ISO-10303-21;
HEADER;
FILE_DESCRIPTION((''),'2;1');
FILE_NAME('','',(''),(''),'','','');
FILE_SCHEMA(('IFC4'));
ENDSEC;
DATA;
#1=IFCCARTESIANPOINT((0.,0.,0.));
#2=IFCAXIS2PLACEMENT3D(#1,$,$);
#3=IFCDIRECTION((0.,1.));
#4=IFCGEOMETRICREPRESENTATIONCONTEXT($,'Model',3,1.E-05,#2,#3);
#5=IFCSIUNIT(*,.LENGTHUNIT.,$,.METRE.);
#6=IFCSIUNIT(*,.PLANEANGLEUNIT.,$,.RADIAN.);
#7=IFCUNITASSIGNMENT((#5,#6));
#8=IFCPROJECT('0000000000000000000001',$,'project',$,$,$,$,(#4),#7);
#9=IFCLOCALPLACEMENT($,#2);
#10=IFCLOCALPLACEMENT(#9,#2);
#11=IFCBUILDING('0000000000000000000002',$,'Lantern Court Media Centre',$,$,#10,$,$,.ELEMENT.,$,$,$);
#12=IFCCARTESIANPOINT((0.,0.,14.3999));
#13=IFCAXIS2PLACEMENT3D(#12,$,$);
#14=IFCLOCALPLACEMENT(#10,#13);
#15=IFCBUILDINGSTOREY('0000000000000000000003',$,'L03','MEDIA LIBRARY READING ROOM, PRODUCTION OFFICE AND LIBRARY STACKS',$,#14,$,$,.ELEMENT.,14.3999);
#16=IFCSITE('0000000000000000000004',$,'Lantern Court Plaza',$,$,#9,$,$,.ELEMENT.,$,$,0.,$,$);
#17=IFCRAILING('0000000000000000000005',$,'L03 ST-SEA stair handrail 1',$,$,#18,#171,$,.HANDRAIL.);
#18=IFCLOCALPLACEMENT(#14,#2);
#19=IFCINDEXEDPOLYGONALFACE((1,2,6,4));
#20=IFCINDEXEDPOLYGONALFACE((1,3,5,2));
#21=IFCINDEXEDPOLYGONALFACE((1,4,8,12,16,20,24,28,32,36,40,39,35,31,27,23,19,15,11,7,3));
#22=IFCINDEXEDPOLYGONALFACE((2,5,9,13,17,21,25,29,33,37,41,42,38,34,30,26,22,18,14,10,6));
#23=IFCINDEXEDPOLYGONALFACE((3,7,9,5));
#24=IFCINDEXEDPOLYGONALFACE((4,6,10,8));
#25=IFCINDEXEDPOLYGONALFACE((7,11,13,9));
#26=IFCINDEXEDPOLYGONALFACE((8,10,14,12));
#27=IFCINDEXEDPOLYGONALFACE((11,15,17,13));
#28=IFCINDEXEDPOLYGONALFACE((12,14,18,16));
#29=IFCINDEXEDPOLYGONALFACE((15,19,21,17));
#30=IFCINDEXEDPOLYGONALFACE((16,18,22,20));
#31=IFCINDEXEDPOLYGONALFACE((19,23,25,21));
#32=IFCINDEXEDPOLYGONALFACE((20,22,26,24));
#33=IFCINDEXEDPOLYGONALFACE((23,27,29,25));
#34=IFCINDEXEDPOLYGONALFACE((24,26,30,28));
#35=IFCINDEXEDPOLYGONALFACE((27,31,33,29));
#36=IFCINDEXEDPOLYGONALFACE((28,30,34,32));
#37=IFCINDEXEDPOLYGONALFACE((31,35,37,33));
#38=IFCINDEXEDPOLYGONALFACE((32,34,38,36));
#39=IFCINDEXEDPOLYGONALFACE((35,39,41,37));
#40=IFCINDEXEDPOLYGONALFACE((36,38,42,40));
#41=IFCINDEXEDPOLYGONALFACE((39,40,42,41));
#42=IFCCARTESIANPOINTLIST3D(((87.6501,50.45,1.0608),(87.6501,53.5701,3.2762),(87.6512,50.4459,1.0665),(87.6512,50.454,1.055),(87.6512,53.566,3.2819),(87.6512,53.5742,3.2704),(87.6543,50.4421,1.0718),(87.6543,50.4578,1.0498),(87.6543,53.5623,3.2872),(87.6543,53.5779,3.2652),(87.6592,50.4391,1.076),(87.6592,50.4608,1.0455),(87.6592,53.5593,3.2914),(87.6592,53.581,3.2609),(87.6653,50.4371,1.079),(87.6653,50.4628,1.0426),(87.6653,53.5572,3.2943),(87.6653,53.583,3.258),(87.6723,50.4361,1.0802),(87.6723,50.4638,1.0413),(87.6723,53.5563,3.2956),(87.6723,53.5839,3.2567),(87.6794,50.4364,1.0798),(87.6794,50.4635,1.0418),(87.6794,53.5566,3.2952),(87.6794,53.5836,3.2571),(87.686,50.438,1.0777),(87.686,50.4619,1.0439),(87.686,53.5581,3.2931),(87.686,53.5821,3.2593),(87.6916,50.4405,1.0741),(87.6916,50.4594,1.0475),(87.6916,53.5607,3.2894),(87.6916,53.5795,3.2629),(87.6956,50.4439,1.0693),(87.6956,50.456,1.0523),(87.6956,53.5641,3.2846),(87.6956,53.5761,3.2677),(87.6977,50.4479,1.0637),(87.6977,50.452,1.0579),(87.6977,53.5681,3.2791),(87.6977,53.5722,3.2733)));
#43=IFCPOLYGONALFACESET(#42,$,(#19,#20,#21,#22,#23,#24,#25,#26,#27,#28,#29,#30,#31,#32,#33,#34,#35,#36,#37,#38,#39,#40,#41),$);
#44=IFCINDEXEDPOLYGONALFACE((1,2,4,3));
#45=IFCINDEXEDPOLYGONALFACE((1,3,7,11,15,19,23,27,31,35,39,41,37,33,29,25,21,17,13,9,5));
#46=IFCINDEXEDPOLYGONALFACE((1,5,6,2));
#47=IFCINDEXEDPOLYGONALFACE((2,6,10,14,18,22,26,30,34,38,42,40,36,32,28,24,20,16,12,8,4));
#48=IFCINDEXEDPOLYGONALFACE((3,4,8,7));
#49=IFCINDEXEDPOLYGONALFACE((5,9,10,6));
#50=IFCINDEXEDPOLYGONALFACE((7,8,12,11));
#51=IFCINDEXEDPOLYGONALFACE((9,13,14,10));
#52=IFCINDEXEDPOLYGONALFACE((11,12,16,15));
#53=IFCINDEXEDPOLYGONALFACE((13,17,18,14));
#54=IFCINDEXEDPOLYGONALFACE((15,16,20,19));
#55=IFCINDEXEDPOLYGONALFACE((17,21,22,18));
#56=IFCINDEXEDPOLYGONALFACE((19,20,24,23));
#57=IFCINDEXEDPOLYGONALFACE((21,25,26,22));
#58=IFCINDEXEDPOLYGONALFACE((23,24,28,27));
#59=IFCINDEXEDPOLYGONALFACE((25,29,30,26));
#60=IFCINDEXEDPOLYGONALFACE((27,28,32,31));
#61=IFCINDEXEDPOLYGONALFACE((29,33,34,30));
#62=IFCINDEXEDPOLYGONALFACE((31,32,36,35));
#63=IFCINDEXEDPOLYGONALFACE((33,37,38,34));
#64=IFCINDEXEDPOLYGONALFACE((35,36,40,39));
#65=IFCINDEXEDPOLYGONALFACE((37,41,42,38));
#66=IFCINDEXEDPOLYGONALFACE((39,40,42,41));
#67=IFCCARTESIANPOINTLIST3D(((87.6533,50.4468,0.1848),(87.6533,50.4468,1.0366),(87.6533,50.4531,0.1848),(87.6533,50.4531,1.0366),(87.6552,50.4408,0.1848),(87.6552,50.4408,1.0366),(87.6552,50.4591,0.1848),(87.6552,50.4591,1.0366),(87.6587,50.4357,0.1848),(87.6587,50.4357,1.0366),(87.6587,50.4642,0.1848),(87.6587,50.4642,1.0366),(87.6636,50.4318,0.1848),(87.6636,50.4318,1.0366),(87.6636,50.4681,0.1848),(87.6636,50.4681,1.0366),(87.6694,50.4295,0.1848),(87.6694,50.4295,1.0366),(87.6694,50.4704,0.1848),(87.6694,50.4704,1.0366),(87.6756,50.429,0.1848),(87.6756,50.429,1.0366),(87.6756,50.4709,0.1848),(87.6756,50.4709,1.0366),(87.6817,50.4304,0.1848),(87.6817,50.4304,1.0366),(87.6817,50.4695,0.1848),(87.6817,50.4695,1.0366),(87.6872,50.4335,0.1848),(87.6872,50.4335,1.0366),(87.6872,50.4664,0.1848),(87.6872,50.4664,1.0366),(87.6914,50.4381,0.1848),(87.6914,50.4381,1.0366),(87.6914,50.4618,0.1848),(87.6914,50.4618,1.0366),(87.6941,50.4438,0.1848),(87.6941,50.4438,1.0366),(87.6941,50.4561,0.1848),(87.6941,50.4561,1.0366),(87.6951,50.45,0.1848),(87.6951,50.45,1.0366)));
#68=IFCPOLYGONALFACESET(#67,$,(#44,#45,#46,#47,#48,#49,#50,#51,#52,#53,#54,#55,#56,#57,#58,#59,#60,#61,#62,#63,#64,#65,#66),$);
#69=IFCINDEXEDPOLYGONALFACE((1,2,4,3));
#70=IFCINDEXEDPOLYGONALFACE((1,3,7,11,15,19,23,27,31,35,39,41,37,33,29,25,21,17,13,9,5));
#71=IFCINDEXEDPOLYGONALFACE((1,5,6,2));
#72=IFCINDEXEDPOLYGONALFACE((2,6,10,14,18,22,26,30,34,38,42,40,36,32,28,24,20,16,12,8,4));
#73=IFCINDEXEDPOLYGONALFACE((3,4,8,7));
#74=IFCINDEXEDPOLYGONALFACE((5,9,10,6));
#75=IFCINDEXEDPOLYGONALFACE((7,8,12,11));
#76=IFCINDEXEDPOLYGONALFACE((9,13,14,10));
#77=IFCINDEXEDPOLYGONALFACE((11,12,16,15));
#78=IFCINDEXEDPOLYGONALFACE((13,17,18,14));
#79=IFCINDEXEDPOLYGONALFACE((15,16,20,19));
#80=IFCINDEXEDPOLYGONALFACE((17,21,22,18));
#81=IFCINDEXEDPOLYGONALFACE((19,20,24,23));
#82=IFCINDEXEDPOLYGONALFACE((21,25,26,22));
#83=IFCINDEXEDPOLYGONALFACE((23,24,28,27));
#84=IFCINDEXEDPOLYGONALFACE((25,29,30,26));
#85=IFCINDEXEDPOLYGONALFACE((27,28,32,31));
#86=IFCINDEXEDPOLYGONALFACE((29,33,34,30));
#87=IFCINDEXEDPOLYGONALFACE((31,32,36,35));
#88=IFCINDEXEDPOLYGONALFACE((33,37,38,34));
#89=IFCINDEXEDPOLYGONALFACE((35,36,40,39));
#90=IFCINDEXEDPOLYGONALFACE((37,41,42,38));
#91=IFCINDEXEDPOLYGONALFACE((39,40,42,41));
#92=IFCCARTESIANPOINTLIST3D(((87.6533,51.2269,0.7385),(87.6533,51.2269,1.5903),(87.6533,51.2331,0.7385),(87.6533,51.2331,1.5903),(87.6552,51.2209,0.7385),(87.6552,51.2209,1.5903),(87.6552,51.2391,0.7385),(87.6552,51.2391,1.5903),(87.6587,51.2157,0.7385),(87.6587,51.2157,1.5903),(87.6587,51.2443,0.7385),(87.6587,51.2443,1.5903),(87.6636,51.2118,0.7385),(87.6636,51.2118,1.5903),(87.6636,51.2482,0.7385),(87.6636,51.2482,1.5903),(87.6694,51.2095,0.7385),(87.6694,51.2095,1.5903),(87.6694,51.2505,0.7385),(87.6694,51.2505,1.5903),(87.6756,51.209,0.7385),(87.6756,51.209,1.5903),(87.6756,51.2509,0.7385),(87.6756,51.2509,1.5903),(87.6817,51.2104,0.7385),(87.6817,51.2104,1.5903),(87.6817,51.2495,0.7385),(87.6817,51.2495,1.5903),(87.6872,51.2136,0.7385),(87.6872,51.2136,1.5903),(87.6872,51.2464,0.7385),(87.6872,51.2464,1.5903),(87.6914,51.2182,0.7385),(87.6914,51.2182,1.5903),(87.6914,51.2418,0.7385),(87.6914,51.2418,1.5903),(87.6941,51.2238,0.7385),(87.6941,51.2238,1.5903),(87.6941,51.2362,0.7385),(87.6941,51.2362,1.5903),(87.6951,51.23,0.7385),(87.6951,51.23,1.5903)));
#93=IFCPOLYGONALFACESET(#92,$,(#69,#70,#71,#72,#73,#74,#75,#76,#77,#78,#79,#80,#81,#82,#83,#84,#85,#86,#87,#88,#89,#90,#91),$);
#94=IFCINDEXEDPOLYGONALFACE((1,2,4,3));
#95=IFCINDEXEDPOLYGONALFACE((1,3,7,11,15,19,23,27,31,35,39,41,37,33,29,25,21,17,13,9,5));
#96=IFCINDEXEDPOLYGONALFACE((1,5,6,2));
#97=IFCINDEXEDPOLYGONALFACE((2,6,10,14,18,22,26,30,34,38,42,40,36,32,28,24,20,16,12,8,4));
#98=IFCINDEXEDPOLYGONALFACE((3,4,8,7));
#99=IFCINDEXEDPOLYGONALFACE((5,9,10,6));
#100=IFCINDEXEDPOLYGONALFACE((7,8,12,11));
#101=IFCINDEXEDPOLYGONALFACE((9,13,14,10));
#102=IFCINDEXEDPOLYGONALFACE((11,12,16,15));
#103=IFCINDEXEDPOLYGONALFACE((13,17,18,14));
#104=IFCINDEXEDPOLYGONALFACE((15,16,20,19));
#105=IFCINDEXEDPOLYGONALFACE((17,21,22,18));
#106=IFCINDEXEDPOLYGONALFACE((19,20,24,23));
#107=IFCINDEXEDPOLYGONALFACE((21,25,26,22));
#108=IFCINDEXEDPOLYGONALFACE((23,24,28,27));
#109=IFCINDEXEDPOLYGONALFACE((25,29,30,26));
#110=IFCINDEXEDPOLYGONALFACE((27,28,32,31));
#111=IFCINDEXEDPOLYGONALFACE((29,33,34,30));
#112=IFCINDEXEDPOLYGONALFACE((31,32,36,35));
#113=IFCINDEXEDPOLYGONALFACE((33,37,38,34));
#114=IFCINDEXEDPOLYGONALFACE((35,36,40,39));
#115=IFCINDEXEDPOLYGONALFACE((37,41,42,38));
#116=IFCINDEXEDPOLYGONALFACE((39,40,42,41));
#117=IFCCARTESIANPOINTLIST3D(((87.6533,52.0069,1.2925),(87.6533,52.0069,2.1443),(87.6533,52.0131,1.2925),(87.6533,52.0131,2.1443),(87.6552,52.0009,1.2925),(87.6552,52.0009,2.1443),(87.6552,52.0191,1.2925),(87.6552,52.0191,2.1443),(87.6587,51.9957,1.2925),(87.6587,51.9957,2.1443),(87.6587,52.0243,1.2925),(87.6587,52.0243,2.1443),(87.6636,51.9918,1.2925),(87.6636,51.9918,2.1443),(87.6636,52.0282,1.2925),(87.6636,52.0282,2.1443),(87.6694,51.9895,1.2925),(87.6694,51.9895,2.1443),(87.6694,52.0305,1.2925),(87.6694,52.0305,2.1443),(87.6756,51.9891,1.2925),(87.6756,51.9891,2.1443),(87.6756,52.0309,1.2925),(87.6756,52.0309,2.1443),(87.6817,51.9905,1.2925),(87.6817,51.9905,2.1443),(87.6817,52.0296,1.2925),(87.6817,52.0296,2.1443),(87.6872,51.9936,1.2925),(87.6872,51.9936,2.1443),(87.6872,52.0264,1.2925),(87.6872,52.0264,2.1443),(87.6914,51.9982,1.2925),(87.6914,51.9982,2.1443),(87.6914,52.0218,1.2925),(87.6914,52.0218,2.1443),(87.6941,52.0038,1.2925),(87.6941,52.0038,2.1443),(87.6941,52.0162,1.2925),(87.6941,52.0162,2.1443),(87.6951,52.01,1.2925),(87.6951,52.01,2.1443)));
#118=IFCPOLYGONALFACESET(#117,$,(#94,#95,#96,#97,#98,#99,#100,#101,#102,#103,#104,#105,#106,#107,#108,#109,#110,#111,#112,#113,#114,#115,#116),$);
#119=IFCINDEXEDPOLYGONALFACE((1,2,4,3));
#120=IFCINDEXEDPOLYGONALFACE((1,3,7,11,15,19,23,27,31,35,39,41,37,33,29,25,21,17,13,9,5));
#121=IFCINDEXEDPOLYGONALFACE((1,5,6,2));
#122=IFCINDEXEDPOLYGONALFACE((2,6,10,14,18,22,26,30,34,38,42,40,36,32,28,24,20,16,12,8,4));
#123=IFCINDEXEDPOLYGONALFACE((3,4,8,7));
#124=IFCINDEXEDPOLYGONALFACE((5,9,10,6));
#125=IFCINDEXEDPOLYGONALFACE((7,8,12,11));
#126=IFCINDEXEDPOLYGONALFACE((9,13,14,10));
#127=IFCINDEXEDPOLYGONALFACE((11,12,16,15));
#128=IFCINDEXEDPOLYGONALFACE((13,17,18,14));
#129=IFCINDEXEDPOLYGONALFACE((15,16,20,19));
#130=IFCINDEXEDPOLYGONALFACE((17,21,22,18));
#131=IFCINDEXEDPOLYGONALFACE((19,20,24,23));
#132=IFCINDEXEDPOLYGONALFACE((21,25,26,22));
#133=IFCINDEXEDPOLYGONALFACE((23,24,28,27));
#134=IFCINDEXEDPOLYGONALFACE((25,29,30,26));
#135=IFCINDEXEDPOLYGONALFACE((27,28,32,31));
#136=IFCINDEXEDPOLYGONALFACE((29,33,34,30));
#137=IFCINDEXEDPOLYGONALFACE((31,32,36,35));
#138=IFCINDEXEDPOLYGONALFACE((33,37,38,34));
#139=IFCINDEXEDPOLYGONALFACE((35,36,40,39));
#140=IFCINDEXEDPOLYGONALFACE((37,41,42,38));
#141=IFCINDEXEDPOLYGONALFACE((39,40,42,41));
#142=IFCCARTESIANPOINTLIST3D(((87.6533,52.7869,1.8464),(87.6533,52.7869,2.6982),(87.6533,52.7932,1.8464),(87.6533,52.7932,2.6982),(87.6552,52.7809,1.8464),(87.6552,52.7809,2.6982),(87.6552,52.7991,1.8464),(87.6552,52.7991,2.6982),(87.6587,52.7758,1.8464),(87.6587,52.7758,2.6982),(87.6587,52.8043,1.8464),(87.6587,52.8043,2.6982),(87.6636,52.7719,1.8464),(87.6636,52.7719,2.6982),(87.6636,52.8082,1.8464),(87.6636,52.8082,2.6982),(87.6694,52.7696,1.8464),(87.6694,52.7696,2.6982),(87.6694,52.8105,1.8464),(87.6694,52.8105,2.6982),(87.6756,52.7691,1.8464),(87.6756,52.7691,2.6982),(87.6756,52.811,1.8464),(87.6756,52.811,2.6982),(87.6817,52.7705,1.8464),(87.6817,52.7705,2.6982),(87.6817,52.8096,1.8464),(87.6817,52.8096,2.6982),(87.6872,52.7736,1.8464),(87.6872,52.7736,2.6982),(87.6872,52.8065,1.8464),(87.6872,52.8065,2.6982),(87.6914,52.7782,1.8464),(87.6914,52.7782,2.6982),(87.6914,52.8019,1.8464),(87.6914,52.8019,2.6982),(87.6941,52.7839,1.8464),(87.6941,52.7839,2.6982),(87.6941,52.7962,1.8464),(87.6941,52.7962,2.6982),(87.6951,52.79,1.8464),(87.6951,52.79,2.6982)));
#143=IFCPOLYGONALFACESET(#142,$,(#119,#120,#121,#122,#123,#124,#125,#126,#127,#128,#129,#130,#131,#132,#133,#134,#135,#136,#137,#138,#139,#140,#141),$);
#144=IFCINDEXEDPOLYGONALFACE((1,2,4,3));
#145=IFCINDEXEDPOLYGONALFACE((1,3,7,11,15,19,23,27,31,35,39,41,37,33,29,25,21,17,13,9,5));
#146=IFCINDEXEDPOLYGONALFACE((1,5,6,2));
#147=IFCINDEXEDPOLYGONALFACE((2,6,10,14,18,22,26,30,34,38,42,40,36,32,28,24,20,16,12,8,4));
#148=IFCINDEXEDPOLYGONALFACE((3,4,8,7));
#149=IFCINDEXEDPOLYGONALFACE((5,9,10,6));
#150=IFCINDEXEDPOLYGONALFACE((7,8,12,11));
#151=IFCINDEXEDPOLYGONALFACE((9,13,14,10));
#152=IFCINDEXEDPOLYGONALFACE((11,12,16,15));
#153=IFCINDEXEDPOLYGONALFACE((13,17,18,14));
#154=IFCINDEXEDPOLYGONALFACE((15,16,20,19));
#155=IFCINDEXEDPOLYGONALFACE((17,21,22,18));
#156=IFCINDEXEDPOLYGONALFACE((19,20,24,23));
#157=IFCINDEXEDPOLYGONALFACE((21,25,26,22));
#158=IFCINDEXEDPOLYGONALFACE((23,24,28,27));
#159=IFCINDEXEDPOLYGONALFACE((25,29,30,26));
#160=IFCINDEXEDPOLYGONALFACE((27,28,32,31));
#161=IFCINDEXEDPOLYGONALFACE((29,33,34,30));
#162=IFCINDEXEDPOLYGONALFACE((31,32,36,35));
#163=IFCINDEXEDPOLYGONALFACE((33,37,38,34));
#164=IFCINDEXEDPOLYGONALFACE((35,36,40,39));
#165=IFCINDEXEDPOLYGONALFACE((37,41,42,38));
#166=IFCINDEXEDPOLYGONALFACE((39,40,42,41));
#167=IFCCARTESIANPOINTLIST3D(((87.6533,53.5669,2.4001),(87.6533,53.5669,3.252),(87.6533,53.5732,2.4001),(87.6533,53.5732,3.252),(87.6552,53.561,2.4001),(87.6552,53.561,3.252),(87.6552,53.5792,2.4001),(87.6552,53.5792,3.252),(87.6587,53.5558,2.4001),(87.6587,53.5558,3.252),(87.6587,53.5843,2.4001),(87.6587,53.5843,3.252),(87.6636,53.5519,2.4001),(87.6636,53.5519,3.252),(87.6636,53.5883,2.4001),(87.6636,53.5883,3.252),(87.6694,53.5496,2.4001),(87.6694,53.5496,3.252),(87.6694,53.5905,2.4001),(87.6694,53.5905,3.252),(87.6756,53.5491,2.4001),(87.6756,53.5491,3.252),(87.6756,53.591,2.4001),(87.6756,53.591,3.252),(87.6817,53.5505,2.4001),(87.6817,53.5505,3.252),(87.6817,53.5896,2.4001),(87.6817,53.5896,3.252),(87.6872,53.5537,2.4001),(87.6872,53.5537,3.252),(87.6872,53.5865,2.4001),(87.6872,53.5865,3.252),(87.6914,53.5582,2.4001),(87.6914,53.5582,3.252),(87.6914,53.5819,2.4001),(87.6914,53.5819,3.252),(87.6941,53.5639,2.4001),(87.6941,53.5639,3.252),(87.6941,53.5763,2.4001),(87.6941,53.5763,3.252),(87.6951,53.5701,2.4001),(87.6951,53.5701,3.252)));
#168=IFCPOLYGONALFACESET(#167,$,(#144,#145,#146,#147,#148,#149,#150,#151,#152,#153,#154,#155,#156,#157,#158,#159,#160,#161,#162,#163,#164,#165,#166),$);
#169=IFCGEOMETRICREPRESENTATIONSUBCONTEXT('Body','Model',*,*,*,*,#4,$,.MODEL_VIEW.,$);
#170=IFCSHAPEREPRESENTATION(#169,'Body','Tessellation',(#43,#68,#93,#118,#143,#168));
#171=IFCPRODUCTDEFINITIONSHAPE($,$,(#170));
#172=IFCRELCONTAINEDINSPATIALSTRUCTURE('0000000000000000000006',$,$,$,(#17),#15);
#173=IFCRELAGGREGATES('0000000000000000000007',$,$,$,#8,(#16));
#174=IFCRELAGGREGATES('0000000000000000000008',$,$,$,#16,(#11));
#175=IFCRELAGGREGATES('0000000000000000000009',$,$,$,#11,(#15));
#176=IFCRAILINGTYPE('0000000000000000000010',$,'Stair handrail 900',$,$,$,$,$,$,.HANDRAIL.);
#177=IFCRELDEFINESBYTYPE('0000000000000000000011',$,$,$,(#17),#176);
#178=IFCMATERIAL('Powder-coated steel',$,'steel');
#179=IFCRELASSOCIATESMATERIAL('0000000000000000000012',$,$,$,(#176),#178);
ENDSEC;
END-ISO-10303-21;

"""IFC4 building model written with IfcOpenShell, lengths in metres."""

from ifc_helpers import new_model, si_unit, direction, frame, origin, origin_2d, place, context, subcontext, project, spatial, circle, extrude, material, type_object, element, save


model = new_model("IFC4")

# Units and contexts
model_context = context("Model", 3, precision=1e-05, world=origin(), true_north=direction((0.0, 1.0)))
body_context = subcontext(model_context, "Body", "Model", "MODEL_VIEW")
ifc_project = project(units=[si_unit("LENGTHUNIT", "METRE"), si_unit("PLANEANGLEUNIT", "RADIAN")], contexts=[model_context])

# Site, building, storey
site_placement = place(None, origin())
site = spatial("IfcSite", under=ifc_project, at=site_placement, Name="Lantern Court Plaza", CompositionType="ELEMENT", RefElevation=0.0)
building_placement = place(site_placement, origin())
building = spatial("IfcBuilding", under=site, at=building_placement, Name="Lantern Court Media Centre", CompositionType="ELEMENT")
storey_placement = place(building_placement, frame((0.0, 0.0, 14.3999)))
storey = spatial("IfcBuildingStorey", under=building, at=storey_placement, Name="L03", Description="MEDIA LIBRARY READING ROOM, PRODUCTION OFFICE AND LIBRARY STACKS", CompositionType="ELEMENT", Elevation=14.3999)

# Railing
ifc_material_1 = material(Name="Powder-coated steel", Category="steel")
railing_type_1 = type_object("IfcRailingType", Name="Stair handrail 900", PredefinedType="HANDRAIL", material=ifc_material_1)
railing_1_placement = place(storey_placement, frame((87.6741, 50.45, 0.1848)))
element("IfcRailing", 1, at=railing_1_placement, inside=storey, type_object=railing_type_1, Name="L03 ST-SEA stair handrail 1", PredefinedType="HANDRAIL", context=body_context, shape_type="SweptSolid", body=[
    extrude(circle(Radius=0.0239, at=origin_2d()), frame((0.0, 0.0, 0.876), z_axis=(0.0, 0.815377, 0.57893), x_axis=(-1.0, 0.0, 0.0)), (0.0, 0.0, 1.0), 3.8267),
    extrude(circle(Radius=0.021, at=origin_2d()), origin(), (0.0, 0.0, 1.0), 0.8518),
    extrude(circle(Radius=0.021, at=origin_2d()), frame((0.0, 0.78, 0.5537)), (0.0, 0.0, 1.0), 0.8518),
    extrude(circle(Radius=0.021, at=origin_2d()), frame((0.0, 1.5601, 1.1077)), (0.0, 0.0, 1.0), 0.8518),
    extrude(circle(Radius=0.021, at=origin_2d()), frame((0.0, 2.3401, 1.6616)), (0.0, 0.0, 1.0), 0.8518),
    extrude(circle(Radius=0.021, at=origin_2d()), frame((0.0, 3.1201, 2.2153)), (0.0, 0.0, 1.0), 0.8518),
])

save(model, "model.ifc")
